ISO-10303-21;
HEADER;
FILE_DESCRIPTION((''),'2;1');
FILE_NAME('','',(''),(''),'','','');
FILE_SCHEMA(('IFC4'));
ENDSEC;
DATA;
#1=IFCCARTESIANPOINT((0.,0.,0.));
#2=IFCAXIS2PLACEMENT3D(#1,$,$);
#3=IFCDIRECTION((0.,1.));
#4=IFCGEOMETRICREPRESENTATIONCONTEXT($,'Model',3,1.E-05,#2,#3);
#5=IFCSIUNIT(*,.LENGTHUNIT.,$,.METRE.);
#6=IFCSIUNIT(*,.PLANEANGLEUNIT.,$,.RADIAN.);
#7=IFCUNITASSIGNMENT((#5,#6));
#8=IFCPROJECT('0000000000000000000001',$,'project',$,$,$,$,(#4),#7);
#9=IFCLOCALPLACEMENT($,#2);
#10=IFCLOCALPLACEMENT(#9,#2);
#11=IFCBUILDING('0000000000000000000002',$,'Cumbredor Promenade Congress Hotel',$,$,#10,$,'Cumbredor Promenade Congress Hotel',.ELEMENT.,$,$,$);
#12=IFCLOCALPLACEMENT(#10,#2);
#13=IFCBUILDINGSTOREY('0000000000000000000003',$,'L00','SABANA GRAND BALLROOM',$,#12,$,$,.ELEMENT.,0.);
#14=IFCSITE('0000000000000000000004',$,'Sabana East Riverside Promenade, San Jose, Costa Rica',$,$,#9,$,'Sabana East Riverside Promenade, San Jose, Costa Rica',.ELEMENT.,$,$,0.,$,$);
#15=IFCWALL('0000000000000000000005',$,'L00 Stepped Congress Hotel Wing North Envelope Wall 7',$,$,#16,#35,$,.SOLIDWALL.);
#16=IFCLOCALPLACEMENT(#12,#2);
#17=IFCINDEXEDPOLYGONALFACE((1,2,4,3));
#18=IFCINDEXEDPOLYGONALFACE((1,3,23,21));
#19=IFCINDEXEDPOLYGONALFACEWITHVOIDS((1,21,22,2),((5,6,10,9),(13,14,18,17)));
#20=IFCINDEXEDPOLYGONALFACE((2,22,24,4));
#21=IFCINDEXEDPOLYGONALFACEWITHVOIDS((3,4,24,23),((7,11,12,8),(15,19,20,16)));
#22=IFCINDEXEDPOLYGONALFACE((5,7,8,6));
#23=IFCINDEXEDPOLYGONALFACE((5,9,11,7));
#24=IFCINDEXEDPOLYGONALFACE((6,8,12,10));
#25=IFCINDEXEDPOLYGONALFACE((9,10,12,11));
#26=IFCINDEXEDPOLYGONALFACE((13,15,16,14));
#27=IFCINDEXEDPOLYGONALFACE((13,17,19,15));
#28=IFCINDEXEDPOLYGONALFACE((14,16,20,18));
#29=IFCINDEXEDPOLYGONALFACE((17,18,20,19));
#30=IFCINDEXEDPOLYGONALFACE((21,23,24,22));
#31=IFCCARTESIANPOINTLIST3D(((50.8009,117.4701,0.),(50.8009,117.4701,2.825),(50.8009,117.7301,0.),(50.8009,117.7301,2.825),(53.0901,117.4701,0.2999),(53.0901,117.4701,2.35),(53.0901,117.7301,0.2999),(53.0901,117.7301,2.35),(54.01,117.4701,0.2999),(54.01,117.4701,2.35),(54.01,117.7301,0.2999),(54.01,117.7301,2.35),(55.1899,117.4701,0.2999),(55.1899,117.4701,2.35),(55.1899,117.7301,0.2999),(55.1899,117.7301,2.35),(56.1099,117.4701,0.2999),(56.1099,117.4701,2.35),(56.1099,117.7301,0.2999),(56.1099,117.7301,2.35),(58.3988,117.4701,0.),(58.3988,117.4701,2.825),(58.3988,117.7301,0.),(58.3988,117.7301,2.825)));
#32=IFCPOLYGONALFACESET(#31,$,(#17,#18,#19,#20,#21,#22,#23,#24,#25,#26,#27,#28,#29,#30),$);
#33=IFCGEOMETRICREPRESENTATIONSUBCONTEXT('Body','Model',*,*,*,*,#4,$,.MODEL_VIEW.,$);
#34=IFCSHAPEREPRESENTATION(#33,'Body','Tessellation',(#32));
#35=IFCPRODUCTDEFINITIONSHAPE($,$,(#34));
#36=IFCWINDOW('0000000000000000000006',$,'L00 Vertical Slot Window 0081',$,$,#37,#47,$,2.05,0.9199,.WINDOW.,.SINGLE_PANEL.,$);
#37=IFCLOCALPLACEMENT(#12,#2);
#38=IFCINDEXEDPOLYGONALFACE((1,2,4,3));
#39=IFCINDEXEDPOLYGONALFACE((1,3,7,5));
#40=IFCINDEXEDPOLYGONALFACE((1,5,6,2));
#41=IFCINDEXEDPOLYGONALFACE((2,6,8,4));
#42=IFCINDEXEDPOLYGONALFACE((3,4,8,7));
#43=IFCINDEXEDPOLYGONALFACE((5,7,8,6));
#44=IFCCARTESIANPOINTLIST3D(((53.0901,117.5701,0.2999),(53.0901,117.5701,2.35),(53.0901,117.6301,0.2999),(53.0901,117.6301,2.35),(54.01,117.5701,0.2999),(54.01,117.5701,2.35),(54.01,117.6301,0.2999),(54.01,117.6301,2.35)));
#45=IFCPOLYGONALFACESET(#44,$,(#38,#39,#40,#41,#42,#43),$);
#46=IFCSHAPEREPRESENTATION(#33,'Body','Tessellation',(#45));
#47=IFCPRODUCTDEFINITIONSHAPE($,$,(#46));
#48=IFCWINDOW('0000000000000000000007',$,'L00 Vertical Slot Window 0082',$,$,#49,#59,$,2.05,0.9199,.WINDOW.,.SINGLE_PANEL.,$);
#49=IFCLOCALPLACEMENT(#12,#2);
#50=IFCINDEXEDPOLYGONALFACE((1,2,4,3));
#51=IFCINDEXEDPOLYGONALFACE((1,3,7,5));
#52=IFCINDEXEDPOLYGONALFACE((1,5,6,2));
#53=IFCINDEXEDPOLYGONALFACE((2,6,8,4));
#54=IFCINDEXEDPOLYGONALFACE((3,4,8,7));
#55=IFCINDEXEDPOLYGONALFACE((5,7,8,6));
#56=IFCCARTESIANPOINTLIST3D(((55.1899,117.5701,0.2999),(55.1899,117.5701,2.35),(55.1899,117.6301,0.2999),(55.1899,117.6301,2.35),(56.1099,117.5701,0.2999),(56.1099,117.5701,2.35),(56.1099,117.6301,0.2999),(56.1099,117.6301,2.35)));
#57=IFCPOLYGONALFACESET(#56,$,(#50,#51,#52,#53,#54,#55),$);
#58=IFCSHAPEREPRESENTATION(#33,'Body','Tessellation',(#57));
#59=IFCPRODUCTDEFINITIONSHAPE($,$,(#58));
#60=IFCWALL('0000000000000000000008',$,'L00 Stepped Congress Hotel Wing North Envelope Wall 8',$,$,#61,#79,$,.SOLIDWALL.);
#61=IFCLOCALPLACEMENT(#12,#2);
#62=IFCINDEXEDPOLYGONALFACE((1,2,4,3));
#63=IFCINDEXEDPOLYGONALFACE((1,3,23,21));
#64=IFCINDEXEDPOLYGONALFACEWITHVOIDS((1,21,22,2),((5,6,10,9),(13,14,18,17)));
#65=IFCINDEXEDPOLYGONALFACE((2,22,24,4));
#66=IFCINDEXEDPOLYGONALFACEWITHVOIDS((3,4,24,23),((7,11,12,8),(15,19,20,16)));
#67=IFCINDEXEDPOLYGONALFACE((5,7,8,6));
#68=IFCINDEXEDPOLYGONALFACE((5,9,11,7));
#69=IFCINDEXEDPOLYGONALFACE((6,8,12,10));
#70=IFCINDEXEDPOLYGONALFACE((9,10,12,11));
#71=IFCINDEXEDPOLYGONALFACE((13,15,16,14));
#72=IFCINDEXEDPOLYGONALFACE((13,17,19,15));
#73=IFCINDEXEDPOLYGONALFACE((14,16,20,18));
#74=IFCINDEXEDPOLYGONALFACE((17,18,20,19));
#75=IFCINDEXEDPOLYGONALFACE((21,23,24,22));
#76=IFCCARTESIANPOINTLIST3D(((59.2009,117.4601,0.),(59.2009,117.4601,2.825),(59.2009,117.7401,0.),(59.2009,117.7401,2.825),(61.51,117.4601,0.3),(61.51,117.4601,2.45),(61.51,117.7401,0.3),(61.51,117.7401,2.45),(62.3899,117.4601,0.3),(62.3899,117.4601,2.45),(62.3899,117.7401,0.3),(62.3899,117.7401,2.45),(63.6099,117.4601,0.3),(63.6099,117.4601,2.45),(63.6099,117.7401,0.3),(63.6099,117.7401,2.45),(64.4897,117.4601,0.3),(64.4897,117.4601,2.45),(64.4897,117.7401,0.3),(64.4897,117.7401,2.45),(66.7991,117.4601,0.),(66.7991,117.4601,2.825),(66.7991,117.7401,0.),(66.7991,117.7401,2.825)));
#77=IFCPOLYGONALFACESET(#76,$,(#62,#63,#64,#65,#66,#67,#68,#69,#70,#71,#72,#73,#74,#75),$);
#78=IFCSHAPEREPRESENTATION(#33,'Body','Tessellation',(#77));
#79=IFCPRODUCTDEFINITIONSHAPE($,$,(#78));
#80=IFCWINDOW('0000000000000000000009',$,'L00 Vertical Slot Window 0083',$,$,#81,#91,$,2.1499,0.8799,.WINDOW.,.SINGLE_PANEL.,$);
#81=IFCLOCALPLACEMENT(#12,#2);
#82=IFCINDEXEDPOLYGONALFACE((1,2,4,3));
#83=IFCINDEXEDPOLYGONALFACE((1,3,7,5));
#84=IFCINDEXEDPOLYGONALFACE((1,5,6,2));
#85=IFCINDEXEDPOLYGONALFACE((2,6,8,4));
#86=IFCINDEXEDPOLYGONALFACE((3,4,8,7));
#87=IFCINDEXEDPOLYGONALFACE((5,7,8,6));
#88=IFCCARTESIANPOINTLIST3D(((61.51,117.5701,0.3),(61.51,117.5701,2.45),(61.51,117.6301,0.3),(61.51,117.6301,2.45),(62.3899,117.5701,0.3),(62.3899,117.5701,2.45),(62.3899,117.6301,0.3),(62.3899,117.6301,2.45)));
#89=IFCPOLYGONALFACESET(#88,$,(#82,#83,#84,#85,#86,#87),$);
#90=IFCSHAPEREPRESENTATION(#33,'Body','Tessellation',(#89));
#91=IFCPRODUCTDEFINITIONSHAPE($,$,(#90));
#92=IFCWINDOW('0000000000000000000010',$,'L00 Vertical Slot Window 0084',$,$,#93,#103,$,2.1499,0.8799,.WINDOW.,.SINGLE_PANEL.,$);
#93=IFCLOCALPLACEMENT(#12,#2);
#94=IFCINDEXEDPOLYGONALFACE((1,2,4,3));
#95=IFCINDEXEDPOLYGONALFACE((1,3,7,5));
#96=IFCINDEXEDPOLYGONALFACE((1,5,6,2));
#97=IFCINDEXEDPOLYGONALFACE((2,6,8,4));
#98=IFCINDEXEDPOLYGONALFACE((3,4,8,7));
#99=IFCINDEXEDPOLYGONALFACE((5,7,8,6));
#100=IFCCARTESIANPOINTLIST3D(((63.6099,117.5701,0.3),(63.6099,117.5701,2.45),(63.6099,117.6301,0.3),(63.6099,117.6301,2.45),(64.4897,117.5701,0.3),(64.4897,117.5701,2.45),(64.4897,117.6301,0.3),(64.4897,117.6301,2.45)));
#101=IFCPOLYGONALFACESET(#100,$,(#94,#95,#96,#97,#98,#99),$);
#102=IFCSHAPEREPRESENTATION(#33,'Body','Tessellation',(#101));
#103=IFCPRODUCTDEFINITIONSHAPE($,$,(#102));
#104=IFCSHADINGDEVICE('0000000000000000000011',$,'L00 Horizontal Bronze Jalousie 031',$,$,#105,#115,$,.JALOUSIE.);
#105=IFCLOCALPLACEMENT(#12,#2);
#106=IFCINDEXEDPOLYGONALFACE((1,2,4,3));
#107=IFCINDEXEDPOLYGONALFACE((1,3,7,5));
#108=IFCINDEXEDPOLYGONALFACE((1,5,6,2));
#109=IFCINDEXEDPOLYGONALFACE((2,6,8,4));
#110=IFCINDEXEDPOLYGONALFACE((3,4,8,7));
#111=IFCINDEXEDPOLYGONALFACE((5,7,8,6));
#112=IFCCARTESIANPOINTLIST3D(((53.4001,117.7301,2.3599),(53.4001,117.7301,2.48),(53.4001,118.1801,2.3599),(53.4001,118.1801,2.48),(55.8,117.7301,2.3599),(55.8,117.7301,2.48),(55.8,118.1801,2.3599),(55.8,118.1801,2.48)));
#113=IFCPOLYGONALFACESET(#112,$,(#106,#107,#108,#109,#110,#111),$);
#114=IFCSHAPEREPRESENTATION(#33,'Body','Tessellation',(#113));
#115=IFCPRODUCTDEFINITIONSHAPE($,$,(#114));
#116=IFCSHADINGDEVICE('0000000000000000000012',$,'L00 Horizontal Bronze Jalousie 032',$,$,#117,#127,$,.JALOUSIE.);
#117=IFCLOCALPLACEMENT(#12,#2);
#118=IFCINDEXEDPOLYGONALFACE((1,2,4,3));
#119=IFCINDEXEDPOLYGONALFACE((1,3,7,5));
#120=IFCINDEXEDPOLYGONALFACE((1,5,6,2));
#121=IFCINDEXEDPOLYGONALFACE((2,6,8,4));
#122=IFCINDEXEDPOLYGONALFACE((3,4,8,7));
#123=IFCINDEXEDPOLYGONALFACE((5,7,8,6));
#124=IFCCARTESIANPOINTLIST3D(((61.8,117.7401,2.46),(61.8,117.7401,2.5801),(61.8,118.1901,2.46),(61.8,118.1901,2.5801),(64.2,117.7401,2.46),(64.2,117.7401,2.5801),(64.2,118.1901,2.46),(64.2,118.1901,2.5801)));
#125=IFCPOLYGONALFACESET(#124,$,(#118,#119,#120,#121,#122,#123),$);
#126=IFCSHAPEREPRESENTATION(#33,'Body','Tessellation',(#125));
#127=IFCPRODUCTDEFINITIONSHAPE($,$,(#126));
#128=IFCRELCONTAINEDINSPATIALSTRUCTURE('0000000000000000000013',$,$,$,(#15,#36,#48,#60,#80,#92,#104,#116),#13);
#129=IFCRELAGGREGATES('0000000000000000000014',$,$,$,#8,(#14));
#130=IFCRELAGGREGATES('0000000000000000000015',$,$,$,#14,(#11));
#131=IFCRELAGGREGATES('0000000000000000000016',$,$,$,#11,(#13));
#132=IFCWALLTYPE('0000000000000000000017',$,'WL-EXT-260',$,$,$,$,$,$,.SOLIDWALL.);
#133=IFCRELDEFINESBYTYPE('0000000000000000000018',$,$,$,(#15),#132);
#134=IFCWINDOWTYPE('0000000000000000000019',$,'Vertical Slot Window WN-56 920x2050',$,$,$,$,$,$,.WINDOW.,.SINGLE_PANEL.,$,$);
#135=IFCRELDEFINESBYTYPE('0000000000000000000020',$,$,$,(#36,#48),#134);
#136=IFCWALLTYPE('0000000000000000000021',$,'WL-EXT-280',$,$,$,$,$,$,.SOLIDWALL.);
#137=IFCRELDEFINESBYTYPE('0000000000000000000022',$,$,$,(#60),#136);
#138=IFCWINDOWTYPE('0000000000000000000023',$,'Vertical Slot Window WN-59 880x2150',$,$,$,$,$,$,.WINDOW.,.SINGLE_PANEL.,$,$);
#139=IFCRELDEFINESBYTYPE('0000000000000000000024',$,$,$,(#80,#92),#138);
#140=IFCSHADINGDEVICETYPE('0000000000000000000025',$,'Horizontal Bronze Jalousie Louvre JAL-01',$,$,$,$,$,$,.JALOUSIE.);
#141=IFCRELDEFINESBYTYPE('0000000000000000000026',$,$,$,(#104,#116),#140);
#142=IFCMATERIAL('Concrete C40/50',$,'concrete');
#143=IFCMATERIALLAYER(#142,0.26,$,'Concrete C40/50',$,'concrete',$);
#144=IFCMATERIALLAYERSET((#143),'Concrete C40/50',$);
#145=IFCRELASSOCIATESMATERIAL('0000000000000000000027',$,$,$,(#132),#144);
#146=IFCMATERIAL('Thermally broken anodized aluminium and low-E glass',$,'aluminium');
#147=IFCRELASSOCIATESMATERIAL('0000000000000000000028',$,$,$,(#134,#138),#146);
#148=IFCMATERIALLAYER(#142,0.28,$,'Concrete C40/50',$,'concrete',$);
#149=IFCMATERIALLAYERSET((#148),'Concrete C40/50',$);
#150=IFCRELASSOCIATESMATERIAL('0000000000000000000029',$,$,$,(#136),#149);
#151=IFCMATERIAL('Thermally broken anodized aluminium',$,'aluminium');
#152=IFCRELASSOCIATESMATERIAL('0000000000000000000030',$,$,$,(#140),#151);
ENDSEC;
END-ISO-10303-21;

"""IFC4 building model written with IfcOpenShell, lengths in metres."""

from ifc_helpers import new_model, si_unit, direction, frame, frame_2d, origin, origin_2d, place, context, subcontext, project, spatial, rectangle, extrude, material, layer, layer_set, type_object, element, fill, save


model = new_model("IFC4")

# Units and contexts
model_context = context("Model", 3, precision=1e-05, world=origin(), true_north=direction((0.0, 1.0)))
body_context = subcontext(model_context, "Body", "Model", "MODEL_VIEW")
ifc_project = project(units=[si_unit("LENGTHUNIT", "METRE"), si_unit("PLANEANGLEUNIT", "RADIAN")], contexts=[model_context])

# Site, building, storey
site_placement = place(None, origin())
site = spatial("IfcSite", under=ifc_project, at=site_placement, Name="Sabana East Riverside Promenade, San Jose, Costa Rica", LongName="Sabana East Riverside Promenade, San Jose, Costa Rica", CompositionType="ELEMENT", RefElevation=0.0)
building_placement = place(site_placement, origin())
building = spatial("IfcBuilding", under=site, at=building_placement, Name="Cumbredor Promenade Congress Hotel", LongName="Cumbredor Promenade Congress Hotel", CompositionType="ELEMENT")
storey_placement = place(building_placement, origin())
storey = spatial("IfcBuildingStorey", under=building, at=storey_placement, Name="L00", Description="SABANA GRAND BALLROOM", CompositionType="ELEMENT", Elevation=0.0)

# Shared definitions
ifc_material_1 = material(Name="Concrete C40/50", Category="concrete")

# Shared definitions
ifc_material_2 = material(Name="Thermally broken anodized aluminium and low-E glass", Category="aluminium")
ifc_material_3 = material(Name="Thermally broken anodized aluminium", Category="aluminium")

# Walls, openings, windows
ifc_layer_1 = layer(ifc_material_1, 0.26, Name="Concrete C40/50", Category="concrete")
ifc_layer_set_1 = layer_set([ifc_layer_1], Name="Concrete C40/50")
wall_type_1 = type_object("IfcWallType", Name="WL-EXT-260", PredefinedType="SOLIDWALL", material=ifc_layer_set_1)
wall_1_placement = place(storey_placement, frame((50.801, 117.6001, 0.0), z_axis=(0.0, 0.0, 1.0), x_axis=(1.0, 0.0, 0.0)))
wall_1 = element("IfcWall", 1, at=wall_1_placement, inside=storey, type_object=wall_type_1, Name="L00 Stepped Congress Hotel Wing North Envelope Wall 7", PredefinedType="SOLIDWALL", context=body_context, shape_type="SweptSolid", body=[
    extrude(rectangle(XDim=7.5979, YDim=0.26, at=frame_2d((3.7988, 0.0))), origin(), (0.0, 0.0, 1.0), 2.825),
])
opening_1_placement = place(wall_1_placement, frame((2.2891, 0.0, 0.3)))
opening_1 = element("IfcOpeningElement", 2, at=opening_1_placement, cuts=wall_1, PredefinedType="OPENING", context=body_context, shape_type="SweptSolid", body=[
    extrude(rectangle(XDim=0.9199, YDim=2.05, at=frame_2d((0.46, 1.0249))), frame((0.0, 0.1401, 0.0), z_axis=(0.0, -1.0, 0.0), x_axis=(1.0, 0.0, 0.0)), (0.0, 0.0, 1.0), 0.28),
])
opening_2_placement = place(wall_1_placement, frame((4.3889, 0.0, 0.3)))
opening_2 = element("IfcOpeningElement", 3, at=opening_2_placement, cuts=wall_1, PredefinedType="OPENING", context=body_context, shape_type="SweptSolid", body=[
    extrude(rectangle(XDim=0.9199, YDim=2.05, at=frame_2d((0.46, 1.0249))), frame((0.0, 0.1401, 0.0), z_axis=(0.0, -1.0, 0.0), x_axis=(1.0, 0.0, 0.0)), (0.0, 0.0, 1.0), 0.28),
])
window_type_1 = type_object("IfcWindowType", Name="Vertical Slot Window WN-56 920x2050", PartitioningType="SINGLE_PANEL", PredefinedType="WINDOW", material=ifc_material_2)
window_1_placement = place(opening_1_placement, origin())
window_1 = element("IfcWindow", 4, at=window_1_placement, inside=storey, type_object=window_type_1, Name="L00 Vertical Slot Window 0081", OverallHeight=2.05, OverallWidth=0.9199, PartitioningType="SINGLE_PANEL", PredefinedType="WINDOW", context=body_context, shape_type="SweptSolid", body=[
    extrude(rectangle(XDim=0.9199, YDim=2.05, at=frame_2d((0.46, 1.0249))), frame((0.0, 0.03, 0.0), z_axis=(0.0, -1.0, 0.0), x_axis=(1.0, 0.0, 0.0)), (0.0, 0.0, 1.0), 0.0601),
])
fill(opening_1, window_1)
window_2_placement = place(opening_2_placement, origin())
window_2 = element("IfcWindow", 5, at=window_2_placement, inside=storey, type_object=window_type_1, Name="L00 Vertical Slot Window 0082", OverallHeight=2.05, OverallWidth=0.9199, PartitioningType="SINGLE_PANEL", PredefinedType="WINDOW", context=body_context, shape_type="SweptSolid", body=[
    extrude(rectangle(XDim=0.9199, YDim=2.05, at=frame_2d((0.46, 1.0249))), frame((0.0, 0.03, 0.0), z_axis=(0.0, -1.0, 0.0), x_axis=(1.0, 0.0, 0.0)), (0.0, 0.0, 1.0), 0.0601),
])
fill(opening_2, window_2)
ifc_layer_2 = layer(ifc_material_1, 0.28, Name="Concrete C40/50", Category="concrete")
ifc_layer_set_2 = layer_set([ifc_layer_2], Name="Concrete C40/50")
wall_type_2 = type_object("IfcWallType", Name="WL-EXT-280", PredefinedType="SOLIDWALL", material=ifc_layer_set_2)
wall_2_placement = place(storey_placement, frame((59.2009, 117.6001, 0.0), z_axis=(0.0, 0.0, 1.0), x_axis=(1.0, 0.0, 0.0)))
wall_2 = element("IfcWall", 6, at=wall_2_placement, inside=storey, type_object=wall_type_2, Name="L00 Stepped Congress Hotel Wing North Envelope Wall 8", PredefinedType="SOLIDWALL", context=body_context, shape_type="SweptSolid", body=[
    extrude(rectangle(XDim=7.5981, YDim=0.28, at=frame_2d((3.7991, 0.0))), origin(), (0.0, 0.0, 1.0), 2.825),
])
opening_3_placement = place(wall_2_placement, frame((2.3091, 0.0, 0.3)))
opening_3 = element("IfcOpeningElement", 7, at=opening_3_placement, cuts=wall_2, PredefinedType="OPENING", context=body_context, shape_type="SweptSolid", body=[
    extrude(rectangle(XDim=0.8799, YDim=2.1499, at=frame_2d((0.4399, 1.075))), frame((0.0, 0.1499, 0.0), z_axis=(0.0, -1.0, 0.0), x_axis=(1.0, 0.0, 0.0)), (0.0, 0.0, 1.0), 0.3),
])
opening_4_placement = place(wall_2_placement, frame((4.4089, 0.0, 0.3)))
opening_4 = element("IfcOpeningElement", 8, at=opening_4_placement, cuts=wall_2, PredefinedType="OPENING", context=body_context, shape_type="SweptSolid", body=[
    extrude(rectangle(XDim=0.8799, YDim=2.1499, at=frame_2d((0.4399, 1.075))), frame((0.0, 0.1499, 0.0), z_axis=(0.0, -1.0, 0.0), x_axis=(1.0, 0.0, 0.0)), (0.0, 0.0, 1.0), 0.3),
])
window_type_2 = type_object("IfcWindowType", Name="Vertical Slot Window WN-59 880x2150", PartitioningType="SINGLE_PANEL", PredefinedType="WINDOW", material=ifc_material_2)
window_3_placement = place(opening_3_placement, origin())
window_3 = element("IfcWindow", 9, at=window_3_placement, inside=storey, type_object=window_type_2, Name="L00 Vertical Slot Window 0083", OverallHeight=2.1499, OverallWidth=0.8799, PartitioningType="SINGLE_PANEL", PredefinedType="WINDOW", context=body_context, shape_type="SweptSolid", body=[
    extrude(rectangle(XDim=0.8799, YDim=2.1499, at=frame_2d((0.4399, 1.075))), frame((0.0, 0.03, 0.0), z_axis=(0.0, -1.0, 0.0), x_axis=(1.0, 0.0, 0.0)), (0.0, 0.0, 1.0), 0.0601),
])
fill(opening_3, window_3)
window_4_placement = place(opening_4_placement, origin())
window_4 = element("IfcWindow", 10, at=window_4_placement, inside=storey, type_object=window_type_2, Name="L00 Vertical Slot Window 0084", OverallHeight=2.1499, OverallWidth=0.8799, PartitioningType="SINGLE_PANEL", PredefinedType="WINDOW", context=body_context, shape_type="SweptSolid", body=[
    extrude(rectangle(XDim=0.8799, YDim=2.1499, at=frame_2d((0.4399, 1.075))), frame((0.0, 0.03, 0.0), z_axis=(0.0, -1.0, 0.0), x_axis=(1.0, 0.0, 0.0)), (0.0, 0.0, 1.0), 0.0601),
])
fill(opening_4, window_4)

# Shading devices
shading_device_type = type_object("IfcShadingDeviceType", Name="Horizontal Bronze Jalousie Louvre JAL-01", PredefinedType="JALOUSIE", material=ifc_material_3)
for number, where, z_axis, x_axis, name in (
    (11, (54.6001, 117.9551, 2.3599), (0.0, 0.0, 1.0), (1.0, 0.0, 0.0), "L00 Horizontal Bronze Jalousie 031"),
    (12, (63.0, 117.9651, 2.46), (0.0, 0.0, 1.0), (1.0, 0.0, 0.0), "L00 Horizontal Bronze Jalousie 032"),
):
    element("IfcShadingDevice", number, at=place(storey_placement, frame(where, z_axis=z_axis, x_axis=x_axis)), inside=storey, type_object=shading_device_type, Name=name, PredefinedType="JALOUSIE", context=body_context, shape_type="SweptSolid", body=[
        extrude(rectangle(XDim=2.3999, YDim=0.45, at=origin_2d()), origin(), (0.0, 0.0, 1.0), 0.1201),
    ])

save(model, "model.ifc")
